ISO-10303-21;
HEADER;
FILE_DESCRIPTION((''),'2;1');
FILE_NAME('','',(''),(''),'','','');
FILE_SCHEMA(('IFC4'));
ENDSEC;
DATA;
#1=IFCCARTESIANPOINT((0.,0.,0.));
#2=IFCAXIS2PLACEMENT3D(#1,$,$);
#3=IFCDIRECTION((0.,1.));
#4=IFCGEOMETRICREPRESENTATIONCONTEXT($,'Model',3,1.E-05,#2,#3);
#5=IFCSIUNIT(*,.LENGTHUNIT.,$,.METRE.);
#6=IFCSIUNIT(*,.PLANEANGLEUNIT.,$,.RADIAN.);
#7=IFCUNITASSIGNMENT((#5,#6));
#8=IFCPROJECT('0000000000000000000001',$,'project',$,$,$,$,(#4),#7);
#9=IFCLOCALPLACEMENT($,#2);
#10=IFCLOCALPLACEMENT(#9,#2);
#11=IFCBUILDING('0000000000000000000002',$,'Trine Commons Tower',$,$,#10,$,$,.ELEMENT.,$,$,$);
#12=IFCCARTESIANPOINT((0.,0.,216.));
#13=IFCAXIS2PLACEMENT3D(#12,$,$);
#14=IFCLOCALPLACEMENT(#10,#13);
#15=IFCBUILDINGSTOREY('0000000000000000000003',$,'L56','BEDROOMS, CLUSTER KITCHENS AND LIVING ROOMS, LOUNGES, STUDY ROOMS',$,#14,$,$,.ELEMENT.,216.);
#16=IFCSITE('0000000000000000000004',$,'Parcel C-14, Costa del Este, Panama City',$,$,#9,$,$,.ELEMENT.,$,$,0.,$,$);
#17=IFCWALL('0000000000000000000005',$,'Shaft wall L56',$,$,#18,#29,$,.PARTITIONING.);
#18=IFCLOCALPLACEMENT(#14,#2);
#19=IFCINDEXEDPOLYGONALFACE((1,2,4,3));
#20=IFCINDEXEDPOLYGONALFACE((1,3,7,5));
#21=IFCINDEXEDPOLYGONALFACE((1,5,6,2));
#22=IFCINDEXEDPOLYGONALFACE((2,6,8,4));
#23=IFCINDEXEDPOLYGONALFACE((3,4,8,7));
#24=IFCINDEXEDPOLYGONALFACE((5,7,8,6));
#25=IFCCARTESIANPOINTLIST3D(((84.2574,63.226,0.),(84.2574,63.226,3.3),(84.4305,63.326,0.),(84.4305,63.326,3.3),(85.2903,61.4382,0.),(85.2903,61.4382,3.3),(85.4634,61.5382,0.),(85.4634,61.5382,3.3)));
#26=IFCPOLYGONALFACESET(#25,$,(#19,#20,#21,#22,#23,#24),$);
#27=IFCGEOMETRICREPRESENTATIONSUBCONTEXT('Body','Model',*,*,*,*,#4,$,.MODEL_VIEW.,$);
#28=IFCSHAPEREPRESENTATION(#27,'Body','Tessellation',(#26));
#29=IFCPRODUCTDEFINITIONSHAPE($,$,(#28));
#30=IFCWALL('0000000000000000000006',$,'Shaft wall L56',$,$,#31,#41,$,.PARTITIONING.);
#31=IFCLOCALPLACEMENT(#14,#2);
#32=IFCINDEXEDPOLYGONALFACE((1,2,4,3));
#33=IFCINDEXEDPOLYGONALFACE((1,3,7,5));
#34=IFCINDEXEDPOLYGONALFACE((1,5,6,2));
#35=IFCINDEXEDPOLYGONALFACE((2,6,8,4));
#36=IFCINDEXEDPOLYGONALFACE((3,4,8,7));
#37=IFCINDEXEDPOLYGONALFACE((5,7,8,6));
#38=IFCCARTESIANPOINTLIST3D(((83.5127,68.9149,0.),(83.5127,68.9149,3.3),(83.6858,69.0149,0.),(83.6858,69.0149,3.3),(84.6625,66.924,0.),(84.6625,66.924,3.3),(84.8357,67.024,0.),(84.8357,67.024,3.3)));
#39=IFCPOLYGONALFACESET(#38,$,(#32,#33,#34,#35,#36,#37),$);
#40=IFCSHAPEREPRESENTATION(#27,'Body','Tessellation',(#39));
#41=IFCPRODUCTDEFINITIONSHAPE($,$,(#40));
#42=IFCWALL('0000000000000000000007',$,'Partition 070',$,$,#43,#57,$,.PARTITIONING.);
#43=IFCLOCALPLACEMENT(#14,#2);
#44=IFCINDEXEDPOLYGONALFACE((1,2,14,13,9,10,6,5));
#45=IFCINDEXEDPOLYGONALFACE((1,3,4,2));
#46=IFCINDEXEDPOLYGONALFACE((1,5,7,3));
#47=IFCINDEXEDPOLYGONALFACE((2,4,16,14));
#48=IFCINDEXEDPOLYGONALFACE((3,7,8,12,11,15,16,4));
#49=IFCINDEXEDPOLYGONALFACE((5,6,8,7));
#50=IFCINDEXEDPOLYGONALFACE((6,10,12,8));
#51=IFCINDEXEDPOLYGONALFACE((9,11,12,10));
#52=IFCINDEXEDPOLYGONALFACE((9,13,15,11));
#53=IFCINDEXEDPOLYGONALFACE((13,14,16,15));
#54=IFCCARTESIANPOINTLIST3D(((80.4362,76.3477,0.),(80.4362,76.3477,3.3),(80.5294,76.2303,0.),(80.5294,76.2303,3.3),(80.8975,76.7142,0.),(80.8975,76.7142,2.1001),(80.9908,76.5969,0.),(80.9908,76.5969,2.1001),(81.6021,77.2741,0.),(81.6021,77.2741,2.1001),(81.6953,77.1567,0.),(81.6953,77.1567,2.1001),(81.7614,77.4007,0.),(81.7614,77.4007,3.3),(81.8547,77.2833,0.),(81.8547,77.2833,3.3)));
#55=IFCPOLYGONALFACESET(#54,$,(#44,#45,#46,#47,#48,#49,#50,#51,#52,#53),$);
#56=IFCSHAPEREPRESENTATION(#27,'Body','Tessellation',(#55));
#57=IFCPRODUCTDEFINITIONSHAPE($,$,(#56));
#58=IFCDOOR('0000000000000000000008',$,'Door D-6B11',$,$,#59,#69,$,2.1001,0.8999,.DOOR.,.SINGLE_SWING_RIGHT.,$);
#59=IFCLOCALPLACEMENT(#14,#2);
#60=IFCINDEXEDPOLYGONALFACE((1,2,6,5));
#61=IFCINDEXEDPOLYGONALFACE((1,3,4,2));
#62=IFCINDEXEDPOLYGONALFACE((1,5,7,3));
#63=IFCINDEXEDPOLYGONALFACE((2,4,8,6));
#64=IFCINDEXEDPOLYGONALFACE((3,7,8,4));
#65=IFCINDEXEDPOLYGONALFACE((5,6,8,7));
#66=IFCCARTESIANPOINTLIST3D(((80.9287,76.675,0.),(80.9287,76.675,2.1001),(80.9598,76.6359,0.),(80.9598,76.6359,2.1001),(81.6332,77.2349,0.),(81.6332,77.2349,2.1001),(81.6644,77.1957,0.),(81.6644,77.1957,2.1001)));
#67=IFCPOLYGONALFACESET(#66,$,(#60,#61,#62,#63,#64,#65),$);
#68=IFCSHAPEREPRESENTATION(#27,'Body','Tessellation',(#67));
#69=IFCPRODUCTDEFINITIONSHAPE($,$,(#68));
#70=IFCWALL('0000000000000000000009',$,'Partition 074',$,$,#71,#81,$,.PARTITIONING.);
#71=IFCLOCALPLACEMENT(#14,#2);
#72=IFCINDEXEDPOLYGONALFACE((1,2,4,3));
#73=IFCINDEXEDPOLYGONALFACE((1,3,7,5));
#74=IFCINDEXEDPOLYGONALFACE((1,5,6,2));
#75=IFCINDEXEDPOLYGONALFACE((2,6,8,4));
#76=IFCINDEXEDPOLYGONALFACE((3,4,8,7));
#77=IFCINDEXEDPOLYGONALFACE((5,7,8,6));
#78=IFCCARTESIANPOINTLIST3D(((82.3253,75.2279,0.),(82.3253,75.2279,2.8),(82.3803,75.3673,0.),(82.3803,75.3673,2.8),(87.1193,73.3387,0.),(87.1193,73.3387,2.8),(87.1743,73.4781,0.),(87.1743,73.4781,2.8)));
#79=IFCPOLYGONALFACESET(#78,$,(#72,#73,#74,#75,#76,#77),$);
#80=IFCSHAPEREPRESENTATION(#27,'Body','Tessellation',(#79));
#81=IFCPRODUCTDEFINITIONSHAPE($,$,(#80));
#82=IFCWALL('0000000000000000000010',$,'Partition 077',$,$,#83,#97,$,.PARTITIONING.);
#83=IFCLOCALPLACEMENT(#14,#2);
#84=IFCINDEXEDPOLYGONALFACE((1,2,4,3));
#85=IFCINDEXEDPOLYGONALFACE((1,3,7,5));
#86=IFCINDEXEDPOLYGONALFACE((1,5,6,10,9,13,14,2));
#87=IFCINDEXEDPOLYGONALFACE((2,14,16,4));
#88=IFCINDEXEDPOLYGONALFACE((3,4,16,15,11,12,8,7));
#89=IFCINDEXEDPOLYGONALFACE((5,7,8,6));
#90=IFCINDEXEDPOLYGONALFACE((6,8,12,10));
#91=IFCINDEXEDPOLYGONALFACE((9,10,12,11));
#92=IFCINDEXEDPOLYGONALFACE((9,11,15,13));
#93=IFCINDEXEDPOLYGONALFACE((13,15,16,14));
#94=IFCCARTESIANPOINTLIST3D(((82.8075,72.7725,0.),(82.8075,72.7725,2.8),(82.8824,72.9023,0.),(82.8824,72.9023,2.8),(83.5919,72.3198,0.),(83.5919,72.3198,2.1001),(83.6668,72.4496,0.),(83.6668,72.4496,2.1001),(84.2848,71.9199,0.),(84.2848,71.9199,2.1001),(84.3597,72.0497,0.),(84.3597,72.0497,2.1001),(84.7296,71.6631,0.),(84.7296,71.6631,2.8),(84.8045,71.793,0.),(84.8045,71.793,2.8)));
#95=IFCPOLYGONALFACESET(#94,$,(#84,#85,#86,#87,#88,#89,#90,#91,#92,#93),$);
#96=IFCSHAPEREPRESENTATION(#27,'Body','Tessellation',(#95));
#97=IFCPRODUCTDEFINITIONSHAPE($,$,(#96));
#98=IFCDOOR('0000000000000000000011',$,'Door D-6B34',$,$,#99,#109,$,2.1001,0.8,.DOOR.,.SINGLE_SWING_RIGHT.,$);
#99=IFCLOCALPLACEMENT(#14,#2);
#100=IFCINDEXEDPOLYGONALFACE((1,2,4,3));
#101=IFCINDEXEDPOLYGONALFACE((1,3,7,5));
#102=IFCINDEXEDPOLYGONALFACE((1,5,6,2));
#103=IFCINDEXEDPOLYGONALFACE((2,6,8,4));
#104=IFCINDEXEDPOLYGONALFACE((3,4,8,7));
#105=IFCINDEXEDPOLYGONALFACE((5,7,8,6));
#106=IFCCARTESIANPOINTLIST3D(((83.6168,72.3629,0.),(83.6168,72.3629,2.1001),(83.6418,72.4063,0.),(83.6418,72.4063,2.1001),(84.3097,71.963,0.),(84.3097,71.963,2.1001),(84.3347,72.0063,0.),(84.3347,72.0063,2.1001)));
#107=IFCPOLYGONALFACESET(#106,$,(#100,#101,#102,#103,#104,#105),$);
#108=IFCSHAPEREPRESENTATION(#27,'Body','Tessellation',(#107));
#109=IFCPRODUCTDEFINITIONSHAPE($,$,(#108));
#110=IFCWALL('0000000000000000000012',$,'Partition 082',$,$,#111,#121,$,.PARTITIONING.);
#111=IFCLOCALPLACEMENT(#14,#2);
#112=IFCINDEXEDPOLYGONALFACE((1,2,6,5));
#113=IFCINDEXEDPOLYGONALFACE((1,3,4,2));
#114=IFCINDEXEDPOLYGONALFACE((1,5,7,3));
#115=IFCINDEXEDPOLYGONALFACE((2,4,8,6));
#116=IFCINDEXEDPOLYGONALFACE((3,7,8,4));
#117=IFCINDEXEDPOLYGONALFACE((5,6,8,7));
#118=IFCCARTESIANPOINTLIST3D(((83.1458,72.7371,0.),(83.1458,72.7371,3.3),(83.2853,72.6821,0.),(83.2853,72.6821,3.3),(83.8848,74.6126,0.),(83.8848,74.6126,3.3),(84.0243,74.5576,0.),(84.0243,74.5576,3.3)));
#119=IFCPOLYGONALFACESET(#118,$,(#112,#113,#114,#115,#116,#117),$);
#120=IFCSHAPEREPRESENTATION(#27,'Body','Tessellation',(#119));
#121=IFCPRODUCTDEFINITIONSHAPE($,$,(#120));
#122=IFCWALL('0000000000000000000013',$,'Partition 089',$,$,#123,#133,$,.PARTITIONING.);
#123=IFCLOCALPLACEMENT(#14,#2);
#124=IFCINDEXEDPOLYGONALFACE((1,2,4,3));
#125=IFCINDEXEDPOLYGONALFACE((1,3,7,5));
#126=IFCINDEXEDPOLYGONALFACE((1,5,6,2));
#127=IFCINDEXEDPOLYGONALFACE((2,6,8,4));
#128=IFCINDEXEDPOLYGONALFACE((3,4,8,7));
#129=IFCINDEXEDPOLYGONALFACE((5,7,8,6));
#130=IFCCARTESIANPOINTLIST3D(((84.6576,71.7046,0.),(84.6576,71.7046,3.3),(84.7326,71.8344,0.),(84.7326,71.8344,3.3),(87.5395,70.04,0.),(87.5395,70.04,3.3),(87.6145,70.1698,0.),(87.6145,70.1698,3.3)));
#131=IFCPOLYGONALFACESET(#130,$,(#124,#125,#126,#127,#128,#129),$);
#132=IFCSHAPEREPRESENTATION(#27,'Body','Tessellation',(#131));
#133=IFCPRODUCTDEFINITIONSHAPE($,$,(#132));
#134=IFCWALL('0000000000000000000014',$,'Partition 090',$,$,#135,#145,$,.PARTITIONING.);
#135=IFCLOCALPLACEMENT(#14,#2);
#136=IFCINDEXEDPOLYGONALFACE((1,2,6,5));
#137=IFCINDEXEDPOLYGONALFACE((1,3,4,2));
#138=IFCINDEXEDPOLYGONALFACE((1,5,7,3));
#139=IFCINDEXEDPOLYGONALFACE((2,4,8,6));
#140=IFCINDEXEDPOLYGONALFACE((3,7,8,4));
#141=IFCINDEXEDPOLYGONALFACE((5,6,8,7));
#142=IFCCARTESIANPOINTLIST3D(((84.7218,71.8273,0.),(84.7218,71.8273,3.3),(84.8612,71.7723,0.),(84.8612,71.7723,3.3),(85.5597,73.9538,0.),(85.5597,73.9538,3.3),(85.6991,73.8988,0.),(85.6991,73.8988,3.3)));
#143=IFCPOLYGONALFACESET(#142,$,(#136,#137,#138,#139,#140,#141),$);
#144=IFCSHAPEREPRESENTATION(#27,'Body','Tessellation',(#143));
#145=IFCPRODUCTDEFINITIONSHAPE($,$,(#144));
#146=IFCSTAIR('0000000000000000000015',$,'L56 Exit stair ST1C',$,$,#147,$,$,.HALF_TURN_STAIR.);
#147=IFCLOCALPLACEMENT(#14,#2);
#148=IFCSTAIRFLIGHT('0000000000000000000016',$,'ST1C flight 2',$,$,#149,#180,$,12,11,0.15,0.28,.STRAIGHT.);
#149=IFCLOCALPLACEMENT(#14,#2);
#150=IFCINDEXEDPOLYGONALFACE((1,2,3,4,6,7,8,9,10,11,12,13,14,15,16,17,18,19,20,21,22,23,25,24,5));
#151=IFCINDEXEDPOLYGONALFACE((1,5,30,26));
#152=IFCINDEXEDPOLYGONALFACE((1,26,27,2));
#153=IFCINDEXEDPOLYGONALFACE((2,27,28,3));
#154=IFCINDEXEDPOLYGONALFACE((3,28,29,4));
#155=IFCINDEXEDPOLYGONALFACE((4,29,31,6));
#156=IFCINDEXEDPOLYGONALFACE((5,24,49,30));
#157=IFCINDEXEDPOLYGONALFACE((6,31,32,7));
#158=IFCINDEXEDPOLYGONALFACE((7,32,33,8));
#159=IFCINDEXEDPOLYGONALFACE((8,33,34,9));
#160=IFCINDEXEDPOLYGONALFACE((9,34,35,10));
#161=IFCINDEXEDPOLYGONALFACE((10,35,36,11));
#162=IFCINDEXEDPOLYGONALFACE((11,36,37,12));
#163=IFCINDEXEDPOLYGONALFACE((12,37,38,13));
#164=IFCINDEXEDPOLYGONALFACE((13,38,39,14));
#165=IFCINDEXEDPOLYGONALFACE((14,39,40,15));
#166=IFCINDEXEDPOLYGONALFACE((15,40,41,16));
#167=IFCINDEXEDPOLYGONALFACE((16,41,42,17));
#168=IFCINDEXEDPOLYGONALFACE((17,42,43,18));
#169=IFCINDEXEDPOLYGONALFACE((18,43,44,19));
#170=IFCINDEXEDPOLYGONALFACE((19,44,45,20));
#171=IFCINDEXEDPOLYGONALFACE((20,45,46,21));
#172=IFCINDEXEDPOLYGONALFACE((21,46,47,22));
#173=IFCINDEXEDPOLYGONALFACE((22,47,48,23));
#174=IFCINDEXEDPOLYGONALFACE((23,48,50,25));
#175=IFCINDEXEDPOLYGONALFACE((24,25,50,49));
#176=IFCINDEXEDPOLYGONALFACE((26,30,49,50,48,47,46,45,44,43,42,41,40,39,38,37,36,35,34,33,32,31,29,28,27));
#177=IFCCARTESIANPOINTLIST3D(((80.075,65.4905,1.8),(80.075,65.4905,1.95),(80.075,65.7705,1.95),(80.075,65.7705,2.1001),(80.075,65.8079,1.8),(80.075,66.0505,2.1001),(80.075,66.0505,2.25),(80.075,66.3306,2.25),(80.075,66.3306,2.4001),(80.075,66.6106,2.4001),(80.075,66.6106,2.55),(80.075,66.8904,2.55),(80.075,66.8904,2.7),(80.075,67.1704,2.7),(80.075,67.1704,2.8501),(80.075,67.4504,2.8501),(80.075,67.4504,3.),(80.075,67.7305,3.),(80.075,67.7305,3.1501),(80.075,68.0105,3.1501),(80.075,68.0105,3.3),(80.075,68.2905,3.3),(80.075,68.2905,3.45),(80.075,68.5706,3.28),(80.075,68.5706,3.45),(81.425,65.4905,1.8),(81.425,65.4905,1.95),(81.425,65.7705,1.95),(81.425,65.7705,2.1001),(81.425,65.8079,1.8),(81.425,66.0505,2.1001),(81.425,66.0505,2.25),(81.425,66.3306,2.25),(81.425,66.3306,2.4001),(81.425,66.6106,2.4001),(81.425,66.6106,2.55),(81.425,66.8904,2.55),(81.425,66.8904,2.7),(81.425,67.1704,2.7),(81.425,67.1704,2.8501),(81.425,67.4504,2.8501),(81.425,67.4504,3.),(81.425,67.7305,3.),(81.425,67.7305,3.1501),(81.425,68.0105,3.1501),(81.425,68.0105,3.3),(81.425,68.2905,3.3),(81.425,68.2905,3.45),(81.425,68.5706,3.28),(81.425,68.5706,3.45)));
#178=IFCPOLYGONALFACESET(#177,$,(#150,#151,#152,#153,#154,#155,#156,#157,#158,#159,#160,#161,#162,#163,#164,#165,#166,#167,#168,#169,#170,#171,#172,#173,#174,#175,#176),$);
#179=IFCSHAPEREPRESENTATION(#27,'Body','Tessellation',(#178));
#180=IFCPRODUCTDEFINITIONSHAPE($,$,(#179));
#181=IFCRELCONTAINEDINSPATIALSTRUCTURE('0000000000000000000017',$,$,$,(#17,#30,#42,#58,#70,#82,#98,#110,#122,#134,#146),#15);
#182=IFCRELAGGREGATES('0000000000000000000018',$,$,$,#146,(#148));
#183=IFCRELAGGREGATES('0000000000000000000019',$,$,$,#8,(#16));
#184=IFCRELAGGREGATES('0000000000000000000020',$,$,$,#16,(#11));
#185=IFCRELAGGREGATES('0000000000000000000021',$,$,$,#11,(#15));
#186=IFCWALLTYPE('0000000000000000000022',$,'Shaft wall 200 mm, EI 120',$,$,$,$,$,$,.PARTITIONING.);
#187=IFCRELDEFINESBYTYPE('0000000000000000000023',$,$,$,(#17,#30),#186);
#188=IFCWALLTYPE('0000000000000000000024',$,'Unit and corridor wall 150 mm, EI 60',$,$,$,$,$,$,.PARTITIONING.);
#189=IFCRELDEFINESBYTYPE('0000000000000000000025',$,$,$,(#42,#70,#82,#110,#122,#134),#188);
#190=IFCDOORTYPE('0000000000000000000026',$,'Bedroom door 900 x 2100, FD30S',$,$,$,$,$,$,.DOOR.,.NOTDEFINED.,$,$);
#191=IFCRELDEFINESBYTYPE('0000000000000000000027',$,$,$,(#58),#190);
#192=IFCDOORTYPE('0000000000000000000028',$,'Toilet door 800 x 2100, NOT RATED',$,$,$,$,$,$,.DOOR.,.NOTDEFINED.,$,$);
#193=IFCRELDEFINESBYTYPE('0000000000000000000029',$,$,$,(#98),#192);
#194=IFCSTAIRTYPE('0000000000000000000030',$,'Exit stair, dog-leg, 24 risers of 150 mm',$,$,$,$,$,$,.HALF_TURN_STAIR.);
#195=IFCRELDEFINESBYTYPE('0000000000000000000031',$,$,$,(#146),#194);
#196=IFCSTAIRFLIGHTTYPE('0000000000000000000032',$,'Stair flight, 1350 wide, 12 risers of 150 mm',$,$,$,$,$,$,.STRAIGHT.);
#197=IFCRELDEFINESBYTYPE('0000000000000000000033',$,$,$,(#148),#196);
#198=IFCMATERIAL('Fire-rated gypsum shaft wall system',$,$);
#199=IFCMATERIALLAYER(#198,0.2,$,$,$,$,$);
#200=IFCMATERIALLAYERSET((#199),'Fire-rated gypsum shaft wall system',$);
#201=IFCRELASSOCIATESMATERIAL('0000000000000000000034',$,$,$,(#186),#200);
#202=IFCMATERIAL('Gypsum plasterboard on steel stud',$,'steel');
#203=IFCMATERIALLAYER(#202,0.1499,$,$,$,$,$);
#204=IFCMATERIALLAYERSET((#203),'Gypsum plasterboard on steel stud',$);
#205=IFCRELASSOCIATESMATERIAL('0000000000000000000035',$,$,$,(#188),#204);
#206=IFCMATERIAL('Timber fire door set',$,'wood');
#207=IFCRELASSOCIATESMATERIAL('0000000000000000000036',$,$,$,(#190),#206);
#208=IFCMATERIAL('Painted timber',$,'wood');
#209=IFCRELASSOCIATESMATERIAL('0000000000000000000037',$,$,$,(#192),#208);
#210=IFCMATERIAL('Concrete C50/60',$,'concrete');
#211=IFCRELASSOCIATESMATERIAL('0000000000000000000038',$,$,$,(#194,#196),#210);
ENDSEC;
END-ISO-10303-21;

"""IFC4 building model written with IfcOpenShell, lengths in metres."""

from ifc_helpers import new_model, si_unit, direction, frame, frame_2d, origin, place, context, subcontext, project, spatial, polyline, rectangle, outline, extrude, material, layer, layer_set, type_object, element, fill, aggregate, save


model = new_model("IFC4")

# Units and contexts
model_context = context("Model", 3, precision=1e-05, world=origin(), true_north=direction((0.0, 1.0)))
body_context = subcontext(model_context, "Body", "Model", "MODEL_VIEW")
ifc_project = project(units=[si_unit("LENGTHUNIT", "METRE"), si_unit("PLANEANGLEUNIT", "RADIAN")], contexts=[model_context])

# Site, building, storey
site_placement = place(None, origin())
site = spatial("IfcSite", under=ifc_project, at=site_placement, Name="Parcel C-14, Costa del Este, Panama City", CompositionType="ELEMENT", RefElevation=0.0)
building_placement = place(site_placement, origin())
building = spatial("IfcBuilding", under=site, at=building_placement, Name="Trine Commons Tower", CompositionType="ELEMENT")
storey_placement = place(building_placement, frame((0.0, 0.0, 216.0)))
storey = spatial("IfcBuildingStorey", under=building, at=storey_placement, Name="L56", Description="BEDROOMS, CLUSTER KITCHENS AND LIVING ROOMS, LOUNGES, STUDY ROOMS", CompositionType="ELEMENT", Elevation=216.0)

# Shared definitions
ifc_material_1 = material(Name="Fire-rated gypsum shaft wall system")

# Walls
ifc_layer_1 = layer(ifc_material_1, 0.2)
ifc_layer_set_1 = layer_set([ifc_layer_1], Name="Fire-rated gypsum shaft wall system")
wall_type_1 = type_object("IfcWallType", Name="Shaft wall 200 mm, EI 120", PredefinedType="PARTITIONING", material=ifc_layer_set_1)
wall_1_placement = place(storey_placement, frame((84.344, 63.2759, 0.0), z_axis=(0.0, 0.0, 1.0), x_axis=(0.500272, -0.865868, 0.0)))
element("IfcWall", 1, at=wall_1_placement, inside=storey, type_object=wall_type_1, Name="Shaft wall L56", PredefinedType="PARTITIONING", context=body_context, shape_type="SweptSolid", body=[
    extrude(rectangle(XDim=2.0647, YDim=0.2, at=frame_2d((1.0322, 0.0))), origin(), (0.0, 0.0, 1.0), 3.3),
])
wall_2_placement = place(storey_placement, frame((84.749, 66.9741, 0.0), z_axis=(0.0, 0.0, 1.0), x_axis=(-0.500136, 0.865947, 0.0)))
element("IfcWall", 2, at=wall_2_placement, inside=storey, type_object=wall_type_1, Name="Shaft wall L56", PredefinedType="PARTITIONING", context=body_context, shape_type="SweptSolid", body=[
    extrude(rectangle(XDim=2.2991, YDim=0.2, at=frame_2d((1.1494, 0.0))), origin(), (0.0, 0.0, 1.0), 3.3),
])

# Wall, opening, door
ifc_material_2 = material(Name="Gypsum plasterboard on steel stud", Category="steel")
ifc_layer_2 = layer(ifc_material_2, 0.1499)
ifc_layer_set_2 = layer_set([ifc_layer_2], Name="Gypsum plasterboard on steel stud")
wall_type_2 = type_object("IfcWallType", Name="Unit and corridor wall 150 mm, EI 60", PredefinedType="PARTITIONING", material=ifc_layer_set_2)
wall_3_placement = place(storey_placement, frame((80.4829, 76.2891, 0.0), z_axis=(0.0, 0.0, 1.0), x_axis=(0.782933, 0.622106, 0.0)))
wall_3 = element("IfcWall", 3, at=wall_3_placement, inside=storey, type_object=wall_type_2, Name="Partition 070", PredefinedType="PARTITIONING", context=body_context, shape_type="SweptSolid", body=[
    extrude(rectangle(XDim=1.6926, YDim=0.1499, at=frame_2d((0.8462, 0.0))), origin(), (0.0, 0.0, 1.0), 3.3),
])
opening_1_placement = place(wall_3_placement, frame((0.5891, 0.0, 0.0)))
opening_1 = element("IfcOpeningElement", 4, at=opening_1_placement, cuts=wall_3, PredefinedType="OPENING", context=body_context, shape_type="SweptSolid", body=[
    extrude(rectangle(XDim=0.8999, YDim=2.1001, at=frame_2d((0.45, 1.05))), frame((0.0, 0.085, 0.0), z_axis=(0.0, -1.0, 0.0), x_axis=(1.0, 0.0, 0.0)), (0.0, 0.0, 1.0), 0.1699),
])
ifc_material_3 = material(Name="Timber fire door set", Category="wood")
door_type_1 = type_object("IfcDoorType", Name="Bedroom door 900 x 2100, FD30S", OperationType="NOTDEFINED", PredefinedType="DOOR", material=ifc_material_3)
door_1_placement = place(opening_1_placement, origin())
door_1 = element("IfcDoor", 5, at=door_1_placement, inside=storey, type_object=door_type_1, Name="Door D-6B11", OperationType="SINGLE_SWING_RIGHT", OverallHeight=2.1001, OverallWidth=0.8999, PredefinedType="DOOR", context=body_context, shape_type="SweptSolid", body=[
    extrude(rectangle(XDim=0.8999, YDim=2.1001, at=frame_2d((0.45, 1.05))), frame((0.0, 0.0249, 0.0), z_axis=(0.0, -1.0, 0.0), x_axis=(1.0, 0.0, 0.0)), (0.0, 0.0, 1.0), 0.05),
])
fill(opening_1, door_1)

# Wall
wall_4_placement = place(storey_placement, frame((82.3528, 75.2976, 0.0), z_axis=(0.0, 0.0, 1.0), x_axis=(0.930366, -0.366631, 0.0)))
element("IfcWall", 6, at=wall_4_placement, inside=storey, type_object=wall_type_2, Name="Partition 074", PredefinedType="PARTITIONING", context=body_context, shape_type="SweptSolid", body=[
    extrude(rectangle(XDim=5.1528, YDim=0.1499, at=frame_2d((2.5764, 0.0))), origin(), (0.0, 0.0, 1.0), 2.8),
])

# Wall, opening, door
wall_5_placement = place(storey_placement, frame((82.845, 72.8374, 0.0), z_axis=(0.0, 0.0, 1.0), x_axis=(0.866096, -0.499878, 0.0)))
wall_5 = element("IfcWall", 7, at=wall_5_placement, inside=storey, type_object=wall_type_2, Name="Partition 077", PredefinedType="PARTITIONING", context=body_context, shape_type="SweptSolid", body=[
    extrude(rectangle(XDim=2.2192, YDim=0.1499, at=frame_2d((1.1096, 0.0))), origin(), (0.0, 0.0, 1.0), 2.8),
])
opening_2_placement = place(wall_5_placement, frame((0.9058, 0.0, 0.0)))
opening_2 = element("IfcOpeningElement", 8, at=opening_2_placement, cuts=wall_5, PredefinedType="OPENING", context=body_context, shape_type="SweptSolid", body=[
    extrude(rectangle(XDim=0.8, YDim=2.1001, at=frame_2d((0.3999, 1.05))), frame((0.0, 0.085, 0.0), z_axis=(0.0, -1.0, 0.0), x_axis=(1.0, 0.0, 0.0)), (0.0, 0.0, 1.0), 0.1699),
])
ifc_material_4 = material(Name="Painted timber", Category="wood")
door_type_2 = type_object("IfcDoorType", Name="Toilet door 800 x 2100, NOT RATED", OperationType="NOTDEFINED", PredefinedType="DOOR", material=ifc_material_4)
door_2_placement = place(opening_2_placement, origin())
door_2 = element("IfcDoor", 9, at=door_2_placement, inside=storey, type_object=door_type_2, Name="Door D-6B34", OperationType="SINGLE_SWING_RIGHT", OverallHeight=2.1001, OverallWidth=0.8, PredefinedType="DOOR", context=body_context, shape_type="SweptSolid", body=[
    extrude(rectangle(XDim=0.8, YDim=2.1001, at=frame_2d((0.3999, 1.05))), frame((0.0, 0.0249, 0.0), z_axis=(0.0, -1.0, 0.0), x_axis=(1.0, 0.0, 0.0)), (0.0, 0.0, 1.0), 0.05),
])
fill(opening_2, door_2)

# Walls
wall_6_placement = place(storey_placement, frame((83.2156, 72.7097, 0.0), z_axis=(0.0, 0.0, 1.0), x_axis=(0.366604, 0.930377, 0.0)))
element("IfcWall", 10, at=wall_6_placement, inside=storey, type_object=wall_type_2, Name="Partition 082", PredefinedType="PARTITIONING", context=body_context, shape_type="SweptSolid", body=[
    extrude(rectangle(XDim=2.0159, YDim=0.1499, at=frame_2d((1.0078, 0.0))), origin(), (0.0, 0.0, 1.0), 3.3),
])
wall_7_placement = place(storey_placement, frame((84.6951, 71.7695, 0.0), z_axis=(0.0, 0.0, 1.0), x_axis=(0.865931, -0.500163, 0.0)))
element("IfcWall", 11, at=wall_7_placement, inside=storey, type_object=wall_type_2, Name="Partition 089", PredefinedType="PARTITIONING", context=body_context, shape_type="SweptSolid", body=[
    extrude(rectangle(XDim=3.3281, YDim=0.1499, at=frame_2d((1.6641, 0.0))), origin(), (0.0, 0.0, 1.0), 3.3),
])
wall_8_placement = place(storey_placement, frame((84.7915, 71.7998, 0.0), z_axis=(0.0, 0.0, 1.0), x_axis=(0.366597, 0.93038, 0.0)))
element("IfcWall", 12, at=wall_8_placement, inside=storey, type_object=wall_type_2, Name="Partition 090", PredefinedType="PARTITIONING", context=body_context, shape_type="SweptSolid", body=[
    extrude(rectangle(XDim=2.2856, YDim=0.1499, at=frame_2d((1.1428, 0.0))), origin(), (0.0, 0.0, 1.0), 3.3),
])

# Stair, stair flight
ifc_material_5 = material(Name="Concrete C50/60", Category="concrete")
stair_type = type_object("IfcStairType", Name="Exit stair, dog-leg, 24 risers of 150 mm", PredefinedType="HALF_TURN_STAIR", material=ifc_material_5)
stair_placement = place(storey_placement, origin())
stair = element("IfcStair", 13, at=stair_placement, inside=storey, type_object=stair_type, Name="L56 Exit stair ST1C", PredefinedType="HALF_TURN_STAIR")
stair_flight_type = type_object("IfcStairFlightType", Name="Stair flight, 1350 wide, 12 risers of 150 mm", PredefinedType="STRAIGHT", material=ifc_material_5)
stair_flight_placement = place(storey_placement, frame((80.75, 65.4905, 1.8), z_axis=(0.0, 0.0, 1.0), x_axis=(0.0, 1.0, 0.0)))
stair_flight = element("IfcStairFlight", 14, at=stair_flight_placement, type_object=stair_flight_type, Name="ST1C flight 2", NumberOfRisers=12, NumberOfTreads=11, PredefinedType="STRAIGHT", RiserHeight=0.15, TreadLength=0.28, context=body_context, shape_type="SweptSolid", body=[
    extrude(outline(polyline([(0.0, 0.0), (0.0, 0.1499), (0.28, 0.1499), (0.28, 0.3), (0.5601, 0.3), (0.5601, 0.45), (0.8401, 0.45), (0.8401, 0.6001), (1.1201, 0.6001), (1.1201, 0.75), (1.3999, 0.75), (1.3999, 0.8999), (1.6799, 0.8999), (1.6799, 1.05), (1.96, 1.05), (1.96, 1.2), (2.24, 1.2), (2.24, 1.3501), (2.52, 1.3501), (2.52, 1.5), (2.8, 1.5), (2.8, 1.6499), (3.0801, 1.6499), (3.0801, 1.8), (3.0801, 1.48), (0.3174, 0.0), (0.0, 0.0)])), frame((0.0, 0.675, 0.0), z_axis=(0.0, -1.0, 0.0), x_axis=(1.0, 0.0, 0.0)), (0.0, 0.0, 1.0), 1.3501),
])
aggregate(stair, [stair_flight])

save(model, "model.ifc")
